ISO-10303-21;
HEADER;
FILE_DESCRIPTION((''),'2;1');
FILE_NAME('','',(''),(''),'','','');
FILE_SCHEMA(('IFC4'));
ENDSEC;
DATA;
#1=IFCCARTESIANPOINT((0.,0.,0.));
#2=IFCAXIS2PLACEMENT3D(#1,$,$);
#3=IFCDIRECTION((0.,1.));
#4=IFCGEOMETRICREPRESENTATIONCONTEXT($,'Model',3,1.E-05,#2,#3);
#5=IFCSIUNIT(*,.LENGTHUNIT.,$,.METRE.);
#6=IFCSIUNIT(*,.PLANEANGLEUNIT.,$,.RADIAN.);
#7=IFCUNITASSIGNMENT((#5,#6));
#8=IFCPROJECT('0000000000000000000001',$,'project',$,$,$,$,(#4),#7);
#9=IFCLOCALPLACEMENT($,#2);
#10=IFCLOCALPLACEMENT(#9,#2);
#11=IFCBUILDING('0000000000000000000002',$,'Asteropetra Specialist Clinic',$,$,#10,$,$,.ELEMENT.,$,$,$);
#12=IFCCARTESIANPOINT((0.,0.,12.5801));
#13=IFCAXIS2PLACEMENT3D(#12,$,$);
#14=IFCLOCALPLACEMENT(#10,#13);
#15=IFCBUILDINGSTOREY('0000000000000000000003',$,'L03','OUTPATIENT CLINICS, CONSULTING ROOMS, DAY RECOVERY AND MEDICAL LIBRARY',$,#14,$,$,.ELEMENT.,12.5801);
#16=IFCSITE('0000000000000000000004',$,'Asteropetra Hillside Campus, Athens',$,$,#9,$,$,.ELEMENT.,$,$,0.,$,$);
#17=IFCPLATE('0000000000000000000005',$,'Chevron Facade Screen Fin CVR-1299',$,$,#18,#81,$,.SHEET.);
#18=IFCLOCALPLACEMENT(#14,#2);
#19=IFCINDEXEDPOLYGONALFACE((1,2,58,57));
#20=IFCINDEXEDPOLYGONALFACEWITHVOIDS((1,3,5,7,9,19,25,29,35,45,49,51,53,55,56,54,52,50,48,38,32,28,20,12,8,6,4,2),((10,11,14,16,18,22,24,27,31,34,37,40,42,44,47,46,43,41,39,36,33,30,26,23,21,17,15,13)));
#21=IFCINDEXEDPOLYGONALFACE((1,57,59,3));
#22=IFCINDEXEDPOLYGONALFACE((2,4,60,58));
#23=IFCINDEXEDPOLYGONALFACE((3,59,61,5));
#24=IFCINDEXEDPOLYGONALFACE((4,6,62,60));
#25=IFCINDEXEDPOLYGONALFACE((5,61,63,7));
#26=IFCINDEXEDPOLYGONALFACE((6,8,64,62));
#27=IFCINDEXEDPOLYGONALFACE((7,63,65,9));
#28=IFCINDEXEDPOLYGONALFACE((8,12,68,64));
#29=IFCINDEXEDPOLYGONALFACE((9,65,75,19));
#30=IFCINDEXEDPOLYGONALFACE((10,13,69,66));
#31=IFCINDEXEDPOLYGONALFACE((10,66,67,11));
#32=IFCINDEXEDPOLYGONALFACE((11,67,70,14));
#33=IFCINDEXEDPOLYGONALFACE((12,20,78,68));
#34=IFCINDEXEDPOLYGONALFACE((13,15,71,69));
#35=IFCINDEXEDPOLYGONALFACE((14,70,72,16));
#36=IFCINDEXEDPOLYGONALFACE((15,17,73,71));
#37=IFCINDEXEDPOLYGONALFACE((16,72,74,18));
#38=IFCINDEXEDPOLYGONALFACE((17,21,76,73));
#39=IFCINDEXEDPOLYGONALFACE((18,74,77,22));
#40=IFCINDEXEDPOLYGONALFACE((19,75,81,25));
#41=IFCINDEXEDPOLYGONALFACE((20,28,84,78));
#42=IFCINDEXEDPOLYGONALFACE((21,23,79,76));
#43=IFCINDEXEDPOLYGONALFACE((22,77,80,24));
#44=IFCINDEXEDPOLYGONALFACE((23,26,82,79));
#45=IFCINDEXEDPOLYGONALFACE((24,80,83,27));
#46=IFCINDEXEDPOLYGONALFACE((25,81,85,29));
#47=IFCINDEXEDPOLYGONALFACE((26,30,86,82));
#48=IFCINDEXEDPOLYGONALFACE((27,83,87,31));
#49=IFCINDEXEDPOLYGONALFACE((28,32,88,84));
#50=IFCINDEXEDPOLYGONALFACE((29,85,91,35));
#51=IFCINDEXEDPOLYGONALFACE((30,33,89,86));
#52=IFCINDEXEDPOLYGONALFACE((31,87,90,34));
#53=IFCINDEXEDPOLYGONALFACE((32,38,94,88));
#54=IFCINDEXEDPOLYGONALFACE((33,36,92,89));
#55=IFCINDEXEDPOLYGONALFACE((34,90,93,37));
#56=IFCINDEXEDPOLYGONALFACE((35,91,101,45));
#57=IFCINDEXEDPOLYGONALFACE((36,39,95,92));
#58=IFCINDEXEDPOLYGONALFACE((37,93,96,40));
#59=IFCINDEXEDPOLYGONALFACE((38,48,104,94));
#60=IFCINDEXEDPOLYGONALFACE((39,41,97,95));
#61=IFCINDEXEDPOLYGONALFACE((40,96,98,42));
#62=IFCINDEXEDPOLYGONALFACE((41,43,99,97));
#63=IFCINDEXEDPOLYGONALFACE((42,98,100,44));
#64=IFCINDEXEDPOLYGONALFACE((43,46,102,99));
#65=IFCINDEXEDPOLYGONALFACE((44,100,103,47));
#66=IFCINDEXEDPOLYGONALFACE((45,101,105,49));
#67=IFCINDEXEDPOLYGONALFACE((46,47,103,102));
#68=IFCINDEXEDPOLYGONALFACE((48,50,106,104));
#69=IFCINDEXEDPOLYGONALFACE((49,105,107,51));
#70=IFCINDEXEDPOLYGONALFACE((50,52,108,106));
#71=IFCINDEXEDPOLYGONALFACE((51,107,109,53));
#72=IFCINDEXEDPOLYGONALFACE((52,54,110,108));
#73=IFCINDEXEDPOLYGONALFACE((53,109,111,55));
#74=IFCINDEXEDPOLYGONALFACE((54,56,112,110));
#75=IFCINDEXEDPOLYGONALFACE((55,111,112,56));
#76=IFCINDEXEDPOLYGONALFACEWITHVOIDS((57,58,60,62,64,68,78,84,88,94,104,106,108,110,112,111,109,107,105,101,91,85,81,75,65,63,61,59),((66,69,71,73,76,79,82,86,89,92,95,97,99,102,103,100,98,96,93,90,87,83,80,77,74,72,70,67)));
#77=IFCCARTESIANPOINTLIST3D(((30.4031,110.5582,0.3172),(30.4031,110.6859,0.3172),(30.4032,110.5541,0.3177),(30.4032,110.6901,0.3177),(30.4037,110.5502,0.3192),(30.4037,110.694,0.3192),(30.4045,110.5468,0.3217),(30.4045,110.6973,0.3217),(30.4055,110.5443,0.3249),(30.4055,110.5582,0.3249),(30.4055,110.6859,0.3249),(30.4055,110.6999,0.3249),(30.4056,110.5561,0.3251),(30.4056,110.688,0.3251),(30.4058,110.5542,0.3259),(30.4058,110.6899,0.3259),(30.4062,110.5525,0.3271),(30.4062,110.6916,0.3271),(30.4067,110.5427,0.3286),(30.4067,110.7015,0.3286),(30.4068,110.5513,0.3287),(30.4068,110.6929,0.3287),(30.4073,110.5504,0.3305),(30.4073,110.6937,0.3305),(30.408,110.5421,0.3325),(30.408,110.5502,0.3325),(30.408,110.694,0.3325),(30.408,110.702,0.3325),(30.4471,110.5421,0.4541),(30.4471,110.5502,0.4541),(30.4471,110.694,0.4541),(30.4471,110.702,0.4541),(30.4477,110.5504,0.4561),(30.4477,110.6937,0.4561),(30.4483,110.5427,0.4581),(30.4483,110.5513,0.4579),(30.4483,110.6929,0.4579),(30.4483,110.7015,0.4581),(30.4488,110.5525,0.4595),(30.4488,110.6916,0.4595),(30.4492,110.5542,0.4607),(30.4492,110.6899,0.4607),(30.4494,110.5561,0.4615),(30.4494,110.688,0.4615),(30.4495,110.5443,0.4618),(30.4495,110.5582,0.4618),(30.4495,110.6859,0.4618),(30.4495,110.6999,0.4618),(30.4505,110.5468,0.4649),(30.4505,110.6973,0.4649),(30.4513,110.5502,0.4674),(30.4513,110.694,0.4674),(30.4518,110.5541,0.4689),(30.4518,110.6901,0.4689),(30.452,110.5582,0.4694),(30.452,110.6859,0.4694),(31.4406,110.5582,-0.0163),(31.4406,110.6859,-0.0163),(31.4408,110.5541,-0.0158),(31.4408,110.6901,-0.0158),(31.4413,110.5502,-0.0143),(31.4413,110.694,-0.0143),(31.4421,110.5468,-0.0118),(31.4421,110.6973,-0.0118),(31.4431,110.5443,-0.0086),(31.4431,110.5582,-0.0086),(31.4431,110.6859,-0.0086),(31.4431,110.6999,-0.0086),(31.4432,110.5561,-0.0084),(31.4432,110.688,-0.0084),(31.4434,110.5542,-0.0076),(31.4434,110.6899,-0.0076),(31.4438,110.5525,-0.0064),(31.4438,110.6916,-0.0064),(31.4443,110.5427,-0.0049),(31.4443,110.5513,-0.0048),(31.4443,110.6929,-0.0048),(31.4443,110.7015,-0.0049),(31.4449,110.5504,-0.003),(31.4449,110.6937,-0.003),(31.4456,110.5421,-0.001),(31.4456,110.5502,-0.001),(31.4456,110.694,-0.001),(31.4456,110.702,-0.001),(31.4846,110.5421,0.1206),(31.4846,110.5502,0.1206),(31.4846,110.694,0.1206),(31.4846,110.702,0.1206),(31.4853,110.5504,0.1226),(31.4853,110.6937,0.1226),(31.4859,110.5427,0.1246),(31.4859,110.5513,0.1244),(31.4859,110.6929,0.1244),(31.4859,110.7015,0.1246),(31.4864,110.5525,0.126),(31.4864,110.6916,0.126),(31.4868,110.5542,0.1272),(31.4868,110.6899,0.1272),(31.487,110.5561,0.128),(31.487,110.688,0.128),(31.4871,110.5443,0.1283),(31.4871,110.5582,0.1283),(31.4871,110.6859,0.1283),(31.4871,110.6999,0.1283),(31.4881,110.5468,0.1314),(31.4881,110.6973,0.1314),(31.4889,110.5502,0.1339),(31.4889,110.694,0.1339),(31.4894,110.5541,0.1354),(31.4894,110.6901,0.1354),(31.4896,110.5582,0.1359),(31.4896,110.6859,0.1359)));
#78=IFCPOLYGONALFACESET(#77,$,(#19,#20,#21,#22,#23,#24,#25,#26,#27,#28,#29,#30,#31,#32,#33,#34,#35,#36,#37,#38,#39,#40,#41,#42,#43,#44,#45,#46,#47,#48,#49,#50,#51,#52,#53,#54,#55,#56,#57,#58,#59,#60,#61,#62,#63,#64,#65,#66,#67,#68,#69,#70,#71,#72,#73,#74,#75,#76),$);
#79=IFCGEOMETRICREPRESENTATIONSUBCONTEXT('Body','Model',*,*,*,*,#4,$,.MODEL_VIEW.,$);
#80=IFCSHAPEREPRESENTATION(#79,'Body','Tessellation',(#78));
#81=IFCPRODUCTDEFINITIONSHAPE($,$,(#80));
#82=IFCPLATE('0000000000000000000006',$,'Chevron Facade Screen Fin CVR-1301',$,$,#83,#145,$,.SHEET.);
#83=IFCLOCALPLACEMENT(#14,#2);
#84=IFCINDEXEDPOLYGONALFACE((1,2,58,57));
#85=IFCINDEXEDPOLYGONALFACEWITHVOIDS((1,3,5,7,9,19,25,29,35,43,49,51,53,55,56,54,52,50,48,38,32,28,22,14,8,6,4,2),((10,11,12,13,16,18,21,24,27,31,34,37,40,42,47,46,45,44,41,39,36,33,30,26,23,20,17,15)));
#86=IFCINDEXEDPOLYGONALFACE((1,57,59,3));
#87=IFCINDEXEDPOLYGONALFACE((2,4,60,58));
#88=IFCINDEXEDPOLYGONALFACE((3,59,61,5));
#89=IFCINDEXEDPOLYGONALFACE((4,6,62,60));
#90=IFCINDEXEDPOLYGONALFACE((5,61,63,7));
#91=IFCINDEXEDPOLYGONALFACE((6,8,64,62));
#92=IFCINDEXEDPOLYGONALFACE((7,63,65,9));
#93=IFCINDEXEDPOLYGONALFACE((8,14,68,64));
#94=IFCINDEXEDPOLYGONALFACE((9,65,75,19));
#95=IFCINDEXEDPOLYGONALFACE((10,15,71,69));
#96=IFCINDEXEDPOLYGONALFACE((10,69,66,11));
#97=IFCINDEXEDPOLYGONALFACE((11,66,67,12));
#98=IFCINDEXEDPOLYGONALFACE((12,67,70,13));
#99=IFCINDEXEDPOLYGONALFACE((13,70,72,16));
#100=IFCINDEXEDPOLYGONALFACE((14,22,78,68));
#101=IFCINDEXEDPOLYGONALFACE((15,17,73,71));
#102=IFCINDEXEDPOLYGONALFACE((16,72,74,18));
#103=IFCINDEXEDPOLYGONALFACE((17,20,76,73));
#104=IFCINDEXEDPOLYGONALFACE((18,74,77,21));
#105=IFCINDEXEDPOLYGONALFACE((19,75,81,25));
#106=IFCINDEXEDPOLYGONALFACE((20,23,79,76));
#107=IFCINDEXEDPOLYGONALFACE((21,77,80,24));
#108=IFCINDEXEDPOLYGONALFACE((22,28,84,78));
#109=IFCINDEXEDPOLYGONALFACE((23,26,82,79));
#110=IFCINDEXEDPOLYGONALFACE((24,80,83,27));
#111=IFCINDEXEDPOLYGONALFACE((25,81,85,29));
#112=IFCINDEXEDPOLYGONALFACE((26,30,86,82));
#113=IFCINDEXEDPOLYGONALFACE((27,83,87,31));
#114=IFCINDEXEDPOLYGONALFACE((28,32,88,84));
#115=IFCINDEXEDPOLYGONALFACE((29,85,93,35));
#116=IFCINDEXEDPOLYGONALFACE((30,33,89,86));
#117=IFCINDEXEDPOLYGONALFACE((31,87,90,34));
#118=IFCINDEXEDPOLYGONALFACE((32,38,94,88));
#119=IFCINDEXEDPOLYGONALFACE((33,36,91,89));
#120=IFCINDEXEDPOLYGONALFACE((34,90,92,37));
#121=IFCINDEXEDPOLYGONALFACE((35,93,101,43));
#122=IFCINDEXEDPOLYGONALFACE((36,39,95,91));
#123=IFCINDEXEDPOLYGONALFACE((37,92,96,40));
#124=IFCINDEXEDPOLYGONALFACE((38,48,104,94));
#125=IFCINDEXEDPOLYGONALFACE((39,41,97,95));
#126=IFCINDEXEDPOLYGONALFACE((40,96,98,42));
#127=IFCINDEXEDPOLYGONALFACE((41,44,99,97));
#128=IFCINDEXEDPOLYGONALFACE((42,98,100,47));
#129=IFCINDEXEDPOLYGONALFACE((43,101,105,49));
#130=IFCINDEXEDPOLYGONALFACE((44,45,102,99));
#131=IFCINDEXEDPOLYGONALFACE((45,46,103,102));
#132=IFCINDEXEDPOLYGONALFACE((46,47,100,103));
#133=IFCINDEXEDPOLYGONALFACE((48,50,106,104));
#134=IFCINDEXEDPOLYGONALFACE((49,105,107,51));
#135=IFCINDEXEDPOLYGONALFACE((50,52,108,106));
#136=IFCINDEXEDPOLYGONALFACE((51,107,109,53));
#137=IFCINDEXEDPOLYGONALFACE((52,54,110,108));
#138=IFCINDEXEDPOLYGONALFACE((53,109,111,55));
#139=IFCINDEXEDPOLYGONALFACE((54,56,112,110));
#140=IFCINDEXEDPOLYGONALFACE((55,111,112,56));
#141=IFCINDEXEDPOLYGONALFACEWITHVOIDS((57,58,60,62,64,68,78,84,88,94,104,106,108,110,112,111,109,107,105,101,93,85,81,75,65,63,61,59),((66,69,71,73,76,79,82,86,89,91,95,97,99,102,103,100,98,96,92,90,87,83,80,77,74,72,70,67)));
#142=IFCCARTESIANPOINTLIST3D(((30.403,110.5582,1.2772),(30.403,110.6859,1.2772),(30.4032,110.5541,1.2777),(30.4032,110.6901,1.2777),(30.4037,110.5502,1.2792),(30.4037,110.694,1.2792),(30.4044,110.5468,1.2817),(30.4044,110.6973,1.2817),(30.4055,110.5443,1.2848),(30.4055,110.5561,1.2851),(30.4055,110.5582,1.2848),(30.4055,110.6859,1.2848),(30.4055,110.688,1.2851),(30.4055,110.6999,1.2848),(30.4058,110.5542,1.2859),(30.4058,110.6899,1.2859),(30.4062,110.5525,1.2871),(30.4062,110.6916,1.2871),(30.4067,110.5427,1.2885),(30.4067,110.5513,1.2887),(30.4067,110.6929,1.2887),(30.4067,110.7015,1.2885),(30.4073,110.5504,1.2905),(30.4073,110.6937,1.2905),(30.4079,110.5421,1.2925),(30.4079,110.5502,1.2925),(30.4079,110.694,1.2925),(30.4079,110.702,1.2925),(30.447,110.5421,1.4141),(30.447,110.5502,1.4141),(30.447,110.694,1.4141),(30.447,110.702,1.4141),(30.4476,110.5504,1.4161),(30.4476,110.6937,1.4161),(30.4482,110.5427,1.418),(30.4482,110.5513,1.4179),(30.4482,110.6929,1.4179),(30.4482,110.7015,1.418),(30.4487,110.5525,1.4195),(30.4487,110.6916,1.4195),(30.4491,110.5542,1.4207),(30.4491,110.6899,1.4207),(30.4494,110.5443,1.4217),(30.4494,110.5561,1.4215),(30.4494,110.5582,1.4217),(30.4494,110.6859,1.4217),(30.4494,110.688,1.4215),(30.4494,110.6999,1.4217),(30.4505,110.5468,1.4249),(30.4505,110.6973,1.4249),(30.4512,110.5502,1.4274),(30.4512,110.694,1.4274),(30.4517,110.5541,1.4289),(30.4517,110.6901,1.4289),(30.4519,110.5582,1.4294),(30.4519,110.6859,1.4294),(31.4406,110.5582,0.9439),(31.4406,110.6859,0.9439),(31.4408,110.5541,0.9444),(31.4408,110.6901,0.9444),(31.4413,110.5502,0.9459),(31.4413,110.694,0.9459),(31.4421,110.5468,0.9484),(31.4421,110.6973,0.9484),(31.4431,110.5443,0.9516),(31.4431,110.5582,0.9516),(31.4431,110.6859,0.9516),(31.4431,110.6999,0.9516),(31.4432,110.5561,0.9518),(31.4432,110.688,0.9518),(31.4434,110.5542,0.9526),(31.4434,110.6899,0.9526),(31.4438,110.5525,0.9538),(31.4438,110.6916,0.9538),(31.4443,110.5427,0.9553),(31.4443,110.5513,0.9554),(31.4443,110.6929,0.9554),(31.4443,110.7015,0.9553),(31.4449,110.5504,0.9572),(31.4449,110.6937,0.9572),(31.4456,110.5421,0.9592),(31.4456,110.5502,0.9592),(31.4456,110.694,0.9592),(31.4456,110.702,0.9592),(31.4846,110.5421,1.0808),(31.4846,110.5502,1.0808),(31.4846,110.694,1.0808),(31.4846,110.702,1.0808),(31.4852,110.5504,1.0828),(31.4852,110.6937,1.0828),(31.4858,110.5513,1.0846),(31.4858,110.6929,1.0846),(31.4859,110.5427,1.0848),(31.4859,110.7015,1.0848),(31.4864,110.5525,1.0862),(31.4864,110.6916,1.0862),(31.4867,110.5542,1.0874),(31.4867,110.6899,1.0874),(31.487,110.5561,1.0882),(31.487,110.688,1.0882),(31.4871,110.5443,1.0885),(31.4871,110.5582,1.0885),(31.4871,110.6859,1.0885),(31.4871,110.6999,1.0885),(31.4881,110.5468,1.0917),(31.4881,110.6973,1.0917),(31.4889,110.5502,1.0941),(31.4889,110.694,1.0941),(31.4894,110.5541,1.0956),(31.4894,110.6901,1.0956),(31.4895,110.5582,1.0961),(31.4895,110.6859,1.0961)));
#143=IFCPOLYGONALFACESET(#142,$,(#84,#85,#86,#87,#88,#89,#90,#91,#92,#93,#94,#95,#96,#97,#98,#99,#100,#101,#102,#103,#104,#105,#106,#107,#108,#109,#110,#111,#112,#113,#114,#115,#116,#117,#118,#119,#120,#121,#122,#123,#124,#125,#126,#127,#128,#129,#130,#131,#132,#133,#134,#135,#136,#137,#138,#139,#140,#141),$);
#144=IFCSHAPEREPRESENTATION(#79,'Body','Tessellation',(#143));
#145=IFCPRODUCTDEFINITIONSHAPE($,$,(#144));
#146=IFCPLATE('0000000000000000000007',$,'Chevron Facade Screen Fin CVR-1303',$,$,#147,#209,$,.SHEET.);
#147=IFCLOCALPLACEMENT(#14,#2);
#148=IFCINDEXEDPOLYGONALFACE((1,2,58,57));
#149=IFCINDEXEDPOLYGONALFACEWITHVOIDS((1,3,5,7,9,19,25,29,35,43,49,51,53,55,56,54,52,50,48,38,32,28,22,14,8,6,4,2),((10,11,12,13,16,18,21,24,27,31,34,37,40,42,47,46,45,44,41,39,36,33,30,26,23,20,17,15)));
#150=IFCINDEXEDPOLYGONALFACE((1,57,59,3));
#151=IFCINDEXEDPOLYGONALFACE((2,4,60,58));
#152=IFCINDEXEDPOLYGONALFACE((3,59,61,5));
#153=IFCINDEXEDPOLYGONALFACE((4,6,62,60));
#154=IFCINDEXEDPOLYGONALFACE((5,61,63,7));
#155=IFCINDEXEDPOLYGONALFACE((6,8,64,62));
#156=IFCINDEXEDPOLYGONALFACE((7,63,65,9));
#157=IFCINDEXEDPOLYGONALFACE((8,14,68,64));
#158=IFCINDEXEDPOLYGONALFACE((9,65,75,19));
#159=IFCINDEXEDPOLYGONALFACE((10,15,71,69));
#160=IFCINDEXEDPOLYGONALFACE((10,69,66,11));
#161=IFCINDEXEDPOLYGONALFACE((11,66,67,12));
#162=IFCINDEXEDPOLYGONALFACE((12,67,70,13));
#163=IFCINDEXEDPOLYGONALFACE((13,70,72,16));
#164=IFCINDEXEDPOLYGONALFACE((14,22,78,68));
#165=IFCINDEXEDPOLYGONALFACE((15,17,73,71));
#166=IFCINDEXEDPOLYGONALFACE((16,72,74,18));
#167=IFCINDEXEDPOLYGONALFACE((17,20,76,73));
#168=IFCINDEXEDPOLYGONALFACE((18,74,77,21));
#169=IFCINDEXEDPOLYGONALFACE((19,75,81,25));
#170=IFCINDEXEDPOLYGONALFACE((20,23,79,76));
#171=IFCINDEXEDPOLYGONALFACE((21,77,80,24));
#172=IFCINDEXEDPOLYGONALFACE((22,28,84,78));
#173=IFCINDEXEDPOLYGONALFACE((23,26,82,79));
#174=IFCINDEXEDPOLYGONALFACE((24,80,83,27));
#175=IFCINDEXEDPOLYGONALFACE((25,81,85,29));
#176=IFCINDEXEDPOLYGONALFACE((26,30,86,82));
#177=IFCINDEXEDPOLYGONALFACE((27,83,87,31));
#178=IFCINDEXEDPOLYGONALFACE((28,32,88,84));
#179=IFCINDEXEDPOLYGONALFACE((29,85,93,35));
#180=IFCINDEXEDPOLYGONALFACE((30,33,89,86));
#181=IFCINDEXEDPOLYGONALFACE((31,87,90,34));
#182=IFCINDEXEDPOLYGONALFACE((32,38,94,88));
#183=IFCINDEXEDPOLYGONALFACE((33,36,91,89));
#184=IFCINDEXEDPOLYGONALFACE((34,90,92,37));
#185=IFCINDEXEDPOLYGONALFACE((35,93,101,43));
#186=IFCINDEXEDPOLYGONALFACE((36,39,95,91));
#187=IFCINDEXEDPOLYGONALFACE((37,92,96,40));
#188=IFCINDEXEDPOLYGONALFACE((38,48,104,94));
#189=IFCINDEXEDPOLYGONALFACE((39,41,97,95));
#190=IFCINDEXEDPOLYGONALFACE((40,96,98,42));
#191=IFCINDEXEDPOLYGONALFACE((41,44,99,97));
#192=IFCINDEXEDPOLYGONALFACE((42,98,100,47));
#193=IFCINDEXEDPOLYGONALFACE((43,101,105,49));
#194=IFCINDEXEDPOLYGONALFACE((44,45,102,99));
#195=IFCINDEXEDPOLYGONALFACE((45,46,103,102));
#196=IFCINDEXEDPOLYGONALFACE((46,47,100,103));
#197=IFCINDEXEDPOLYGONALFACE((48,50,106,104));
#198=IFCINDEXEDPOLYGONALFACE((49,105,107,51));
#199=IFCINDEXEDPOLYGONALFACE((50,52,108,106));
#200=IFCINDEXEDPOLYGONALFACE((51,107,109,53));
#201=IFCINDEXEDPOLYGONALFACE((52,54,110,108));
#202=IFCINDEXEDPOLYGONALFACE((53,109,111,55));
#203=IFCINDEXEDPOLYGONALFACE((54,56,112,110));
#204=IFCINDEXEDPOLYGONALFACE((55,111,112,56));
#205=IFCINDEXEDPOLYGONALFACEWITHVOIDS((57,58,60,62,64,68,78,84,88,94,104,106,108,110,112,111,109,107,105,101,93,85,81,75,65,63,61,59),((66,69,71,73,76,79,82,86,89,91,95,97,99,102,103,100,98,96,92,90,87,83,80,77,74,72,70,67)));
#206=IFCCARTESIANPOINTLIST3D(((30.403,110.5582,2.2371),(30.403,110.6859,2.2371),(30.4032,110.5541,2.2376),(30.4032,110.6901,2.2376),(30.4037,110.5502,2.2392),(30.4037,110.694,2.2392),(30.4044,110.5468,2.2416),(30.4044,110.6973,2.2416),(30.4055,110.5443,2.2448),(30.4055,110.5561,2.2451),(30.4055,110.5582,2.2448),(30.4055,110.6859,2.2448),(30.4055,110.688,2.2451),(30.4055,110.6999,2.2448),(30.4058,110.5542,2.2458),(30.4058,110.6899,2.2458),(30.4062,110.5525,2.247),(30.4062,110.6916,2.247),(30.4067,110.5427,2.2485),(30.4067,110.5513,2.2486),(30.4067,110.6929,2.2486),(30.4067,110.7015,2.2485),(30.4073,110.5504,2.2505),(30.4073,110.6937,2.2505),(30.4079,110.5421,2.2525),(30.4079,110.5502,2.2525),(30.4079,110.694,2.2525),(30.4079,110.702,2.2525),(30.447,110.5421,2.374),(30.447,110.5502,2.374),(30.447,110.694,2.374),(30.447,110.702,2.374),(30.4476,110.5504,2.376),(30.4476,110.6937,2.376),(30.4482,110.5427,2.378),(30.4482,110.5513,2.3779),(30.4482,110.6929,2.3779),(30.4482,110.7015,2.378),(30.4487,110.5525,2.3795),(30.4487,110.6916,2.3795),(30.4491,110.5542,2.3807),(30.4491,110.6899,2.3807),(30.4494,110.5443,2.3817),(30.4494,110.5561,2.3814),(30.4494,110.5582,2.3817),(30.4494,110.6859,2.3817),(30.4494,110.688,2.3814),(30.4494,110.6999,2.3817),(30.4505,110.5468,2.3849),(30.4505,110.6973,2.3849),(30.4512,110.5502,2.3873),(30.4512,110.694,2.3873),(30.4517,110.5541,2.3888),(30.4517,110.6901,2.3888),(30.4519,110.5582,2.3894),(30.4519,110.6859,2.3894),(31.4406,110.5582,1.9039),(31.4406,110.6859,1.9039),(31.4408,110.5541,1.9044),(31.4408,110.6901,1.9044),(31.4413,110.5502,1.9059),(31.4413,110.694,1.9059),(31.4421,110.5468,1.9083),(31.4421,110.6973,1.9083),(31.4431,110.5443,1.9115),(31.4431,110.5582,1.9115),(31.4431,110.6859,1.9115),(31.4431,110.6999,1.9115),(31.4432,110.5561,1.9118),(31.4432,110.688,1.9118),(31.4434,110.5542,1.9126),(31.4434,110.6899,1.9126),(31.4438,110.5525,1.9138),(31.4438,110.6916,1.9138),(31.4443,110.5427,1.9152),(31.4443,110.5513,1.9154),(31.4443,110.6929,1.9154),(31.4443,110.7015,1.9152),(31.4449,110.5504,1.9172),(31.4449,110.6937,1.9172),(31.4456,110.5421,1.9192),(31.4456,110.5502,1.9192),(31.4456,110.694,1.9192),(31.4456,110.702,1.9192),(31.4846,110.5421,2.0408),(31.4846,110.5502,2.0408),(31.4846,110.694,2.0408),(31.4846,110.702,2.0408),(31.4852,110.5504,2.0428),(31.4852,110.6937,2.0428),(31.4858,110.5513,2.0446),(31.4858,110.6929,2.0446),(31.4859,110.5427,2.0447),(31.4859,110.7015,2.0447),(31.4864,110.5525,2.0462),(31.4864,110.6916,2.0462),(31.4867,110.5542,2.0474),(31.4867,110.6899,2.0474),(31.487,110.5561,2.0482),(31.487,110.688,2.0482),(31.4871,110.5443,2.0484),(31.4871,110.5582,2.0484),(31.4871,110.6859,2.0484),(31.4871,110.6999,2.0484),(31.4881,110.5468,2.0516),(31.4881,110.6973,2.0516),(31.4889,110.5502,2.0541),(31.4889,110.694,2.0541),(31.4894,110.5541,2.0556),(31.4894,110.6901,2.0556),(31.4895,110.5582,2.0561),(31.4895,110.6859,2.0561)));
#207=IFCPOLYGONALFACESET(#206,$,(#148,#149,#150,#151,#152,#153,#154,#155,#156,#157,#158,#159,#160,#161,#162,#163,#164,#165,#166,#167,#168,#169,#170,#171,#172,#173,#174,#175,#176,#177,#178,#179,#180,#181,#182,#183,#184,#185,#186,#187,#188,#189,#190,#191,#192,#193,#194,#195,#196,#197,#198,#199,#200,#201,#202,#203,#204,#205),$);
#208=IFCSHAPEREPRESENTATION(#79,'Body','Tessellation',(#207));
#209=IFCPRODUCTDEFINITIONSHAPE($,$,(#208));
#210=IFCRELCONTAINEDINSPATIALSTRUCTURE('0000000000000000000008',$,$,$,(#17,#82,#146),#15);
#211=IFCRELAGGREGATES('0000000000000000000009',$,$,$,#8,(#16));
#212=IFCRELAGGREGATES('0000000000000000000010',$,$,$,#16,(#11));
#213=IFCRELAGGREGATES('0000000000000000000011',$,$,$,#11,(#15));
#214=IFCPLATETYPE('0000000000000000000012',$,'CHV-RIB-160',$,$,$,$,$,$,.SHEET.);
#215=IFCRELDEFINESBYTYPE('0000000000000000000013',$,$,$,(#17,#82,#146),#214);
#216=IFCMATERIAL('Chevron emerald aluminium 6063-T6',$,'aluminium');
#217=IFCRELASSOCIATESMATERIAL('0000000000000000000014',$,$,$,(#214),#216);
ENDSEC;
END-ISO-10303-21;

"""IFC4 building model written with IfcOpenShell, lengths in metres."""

from ifc_helpers import new_model, si_unit, direction, frame, origin, origin_2d, place, context, subcontext, project, spatial, hollow_rectangle, extrude, material, material_profile, profile_set, type_object, element, save


model = new_model("IFC4")

# Units and contexts
model_context = context("Model", 3, precision=1e-05, world=origin(), true_north=direction((0.0, 1.0)))
body_context = subcontext(model_context, "Body", "Model", "MODEL_VIEW")
ifc_project = project(units=[si_unit("LENGTHUNIT", "METRE"), si_unit("PLANEANGLEUNIT", "RADIAN")], contexts=[model_context])

# Site, building, storey
site_placement = place(None, origin())
site = spatial("IfcSite", under=ifc_project, at=site_placement, Name="Asteropetra Hillside Campus, Athens", CompositionType="ELEMENT", RefElevation=0.0)
building_placement = place(site_placement, origin())
building = spatial("IfcBuilding", under=site, at=building_placement, Name="Asteropetra Specialist Clinic", CompositionType="ELEMENT")
storey_placement = place(building_placement, frame((0.0, 0.0, 12.5801)))
storey = spatial("IfcBuildingStorey", under=building, at=storey_placement, Name="L03", Description="OUTPATIENT CLINICS, CONSULTING ROOMS, DAY RECOVERY AND MEDICAL LIBRARY", CompositionType="ELEMENT", Elevation=12.5801)

# Plates
ifc_material_1 = material(Name="Chevron emerald aluminium 6063-T6", Category="aluminium")
ifc_material_profile_1 = material_profile(ifc_material_1, hollow_rectangle(XDim=0.1599, YDim=0.1599, WallThickness=0.0081, InnerFilletRadius=0.0081, OuterFilletRadius=0.0161, at=origin_2d()), Name="SHS 160x160x8.0")
ifc_profile_set_1 = profile_set([ifc_material_profile_1], Name="Chevron emerald aluminium 6063-T6")
plate_type = type_object("IfcPlateType", Name="CHV-RIB-160", PredefinedType="SHEET", material=ifc_profile_set_1)
for number, where, z_axis, x_axis, name in (
    (1, (31.4651, 110.6221, 0.0598), (-0.952033, 0.0, 0.305995), (0.0, -1.0, 0.0), "Chevron Facade Screen Fin CVR-1299"),
    (2, (31.4651, 110.6221, 1.02), (-0.952098, 0.0, 0.305792), (0.0, -1.0, 0.0), "Chevron Facade Screen Fin CVR-1301"),
    (3, (31.4651, 110.6221, 1.98), (-0.952098, 0.0, 0.305792), (0.0, -1.0, 0.0), "Chevron Facade Screen Fin CVR-1303"),
):
    element("IfcPlate", number, at=place(storey_placement, frame(where, z_axis=z_axis, x_axis=x_axis)), inside=storey, type_object=plate_type, Name=name, PredefinedType="SHEET", context=body_context, shape_type="SweptSolid", body=[
        extrude(hollow_rectangle(XDim=0.1599, YDim=0.1599, WallThickness=0.0081, InnerFilletRadius=0.0081, OuterFilletRadius=0.0161, at=origin_2d()), origin(), (0.0, 0.0, 1.0), 1.0898),
    ])

save(model, "model.ifc")
